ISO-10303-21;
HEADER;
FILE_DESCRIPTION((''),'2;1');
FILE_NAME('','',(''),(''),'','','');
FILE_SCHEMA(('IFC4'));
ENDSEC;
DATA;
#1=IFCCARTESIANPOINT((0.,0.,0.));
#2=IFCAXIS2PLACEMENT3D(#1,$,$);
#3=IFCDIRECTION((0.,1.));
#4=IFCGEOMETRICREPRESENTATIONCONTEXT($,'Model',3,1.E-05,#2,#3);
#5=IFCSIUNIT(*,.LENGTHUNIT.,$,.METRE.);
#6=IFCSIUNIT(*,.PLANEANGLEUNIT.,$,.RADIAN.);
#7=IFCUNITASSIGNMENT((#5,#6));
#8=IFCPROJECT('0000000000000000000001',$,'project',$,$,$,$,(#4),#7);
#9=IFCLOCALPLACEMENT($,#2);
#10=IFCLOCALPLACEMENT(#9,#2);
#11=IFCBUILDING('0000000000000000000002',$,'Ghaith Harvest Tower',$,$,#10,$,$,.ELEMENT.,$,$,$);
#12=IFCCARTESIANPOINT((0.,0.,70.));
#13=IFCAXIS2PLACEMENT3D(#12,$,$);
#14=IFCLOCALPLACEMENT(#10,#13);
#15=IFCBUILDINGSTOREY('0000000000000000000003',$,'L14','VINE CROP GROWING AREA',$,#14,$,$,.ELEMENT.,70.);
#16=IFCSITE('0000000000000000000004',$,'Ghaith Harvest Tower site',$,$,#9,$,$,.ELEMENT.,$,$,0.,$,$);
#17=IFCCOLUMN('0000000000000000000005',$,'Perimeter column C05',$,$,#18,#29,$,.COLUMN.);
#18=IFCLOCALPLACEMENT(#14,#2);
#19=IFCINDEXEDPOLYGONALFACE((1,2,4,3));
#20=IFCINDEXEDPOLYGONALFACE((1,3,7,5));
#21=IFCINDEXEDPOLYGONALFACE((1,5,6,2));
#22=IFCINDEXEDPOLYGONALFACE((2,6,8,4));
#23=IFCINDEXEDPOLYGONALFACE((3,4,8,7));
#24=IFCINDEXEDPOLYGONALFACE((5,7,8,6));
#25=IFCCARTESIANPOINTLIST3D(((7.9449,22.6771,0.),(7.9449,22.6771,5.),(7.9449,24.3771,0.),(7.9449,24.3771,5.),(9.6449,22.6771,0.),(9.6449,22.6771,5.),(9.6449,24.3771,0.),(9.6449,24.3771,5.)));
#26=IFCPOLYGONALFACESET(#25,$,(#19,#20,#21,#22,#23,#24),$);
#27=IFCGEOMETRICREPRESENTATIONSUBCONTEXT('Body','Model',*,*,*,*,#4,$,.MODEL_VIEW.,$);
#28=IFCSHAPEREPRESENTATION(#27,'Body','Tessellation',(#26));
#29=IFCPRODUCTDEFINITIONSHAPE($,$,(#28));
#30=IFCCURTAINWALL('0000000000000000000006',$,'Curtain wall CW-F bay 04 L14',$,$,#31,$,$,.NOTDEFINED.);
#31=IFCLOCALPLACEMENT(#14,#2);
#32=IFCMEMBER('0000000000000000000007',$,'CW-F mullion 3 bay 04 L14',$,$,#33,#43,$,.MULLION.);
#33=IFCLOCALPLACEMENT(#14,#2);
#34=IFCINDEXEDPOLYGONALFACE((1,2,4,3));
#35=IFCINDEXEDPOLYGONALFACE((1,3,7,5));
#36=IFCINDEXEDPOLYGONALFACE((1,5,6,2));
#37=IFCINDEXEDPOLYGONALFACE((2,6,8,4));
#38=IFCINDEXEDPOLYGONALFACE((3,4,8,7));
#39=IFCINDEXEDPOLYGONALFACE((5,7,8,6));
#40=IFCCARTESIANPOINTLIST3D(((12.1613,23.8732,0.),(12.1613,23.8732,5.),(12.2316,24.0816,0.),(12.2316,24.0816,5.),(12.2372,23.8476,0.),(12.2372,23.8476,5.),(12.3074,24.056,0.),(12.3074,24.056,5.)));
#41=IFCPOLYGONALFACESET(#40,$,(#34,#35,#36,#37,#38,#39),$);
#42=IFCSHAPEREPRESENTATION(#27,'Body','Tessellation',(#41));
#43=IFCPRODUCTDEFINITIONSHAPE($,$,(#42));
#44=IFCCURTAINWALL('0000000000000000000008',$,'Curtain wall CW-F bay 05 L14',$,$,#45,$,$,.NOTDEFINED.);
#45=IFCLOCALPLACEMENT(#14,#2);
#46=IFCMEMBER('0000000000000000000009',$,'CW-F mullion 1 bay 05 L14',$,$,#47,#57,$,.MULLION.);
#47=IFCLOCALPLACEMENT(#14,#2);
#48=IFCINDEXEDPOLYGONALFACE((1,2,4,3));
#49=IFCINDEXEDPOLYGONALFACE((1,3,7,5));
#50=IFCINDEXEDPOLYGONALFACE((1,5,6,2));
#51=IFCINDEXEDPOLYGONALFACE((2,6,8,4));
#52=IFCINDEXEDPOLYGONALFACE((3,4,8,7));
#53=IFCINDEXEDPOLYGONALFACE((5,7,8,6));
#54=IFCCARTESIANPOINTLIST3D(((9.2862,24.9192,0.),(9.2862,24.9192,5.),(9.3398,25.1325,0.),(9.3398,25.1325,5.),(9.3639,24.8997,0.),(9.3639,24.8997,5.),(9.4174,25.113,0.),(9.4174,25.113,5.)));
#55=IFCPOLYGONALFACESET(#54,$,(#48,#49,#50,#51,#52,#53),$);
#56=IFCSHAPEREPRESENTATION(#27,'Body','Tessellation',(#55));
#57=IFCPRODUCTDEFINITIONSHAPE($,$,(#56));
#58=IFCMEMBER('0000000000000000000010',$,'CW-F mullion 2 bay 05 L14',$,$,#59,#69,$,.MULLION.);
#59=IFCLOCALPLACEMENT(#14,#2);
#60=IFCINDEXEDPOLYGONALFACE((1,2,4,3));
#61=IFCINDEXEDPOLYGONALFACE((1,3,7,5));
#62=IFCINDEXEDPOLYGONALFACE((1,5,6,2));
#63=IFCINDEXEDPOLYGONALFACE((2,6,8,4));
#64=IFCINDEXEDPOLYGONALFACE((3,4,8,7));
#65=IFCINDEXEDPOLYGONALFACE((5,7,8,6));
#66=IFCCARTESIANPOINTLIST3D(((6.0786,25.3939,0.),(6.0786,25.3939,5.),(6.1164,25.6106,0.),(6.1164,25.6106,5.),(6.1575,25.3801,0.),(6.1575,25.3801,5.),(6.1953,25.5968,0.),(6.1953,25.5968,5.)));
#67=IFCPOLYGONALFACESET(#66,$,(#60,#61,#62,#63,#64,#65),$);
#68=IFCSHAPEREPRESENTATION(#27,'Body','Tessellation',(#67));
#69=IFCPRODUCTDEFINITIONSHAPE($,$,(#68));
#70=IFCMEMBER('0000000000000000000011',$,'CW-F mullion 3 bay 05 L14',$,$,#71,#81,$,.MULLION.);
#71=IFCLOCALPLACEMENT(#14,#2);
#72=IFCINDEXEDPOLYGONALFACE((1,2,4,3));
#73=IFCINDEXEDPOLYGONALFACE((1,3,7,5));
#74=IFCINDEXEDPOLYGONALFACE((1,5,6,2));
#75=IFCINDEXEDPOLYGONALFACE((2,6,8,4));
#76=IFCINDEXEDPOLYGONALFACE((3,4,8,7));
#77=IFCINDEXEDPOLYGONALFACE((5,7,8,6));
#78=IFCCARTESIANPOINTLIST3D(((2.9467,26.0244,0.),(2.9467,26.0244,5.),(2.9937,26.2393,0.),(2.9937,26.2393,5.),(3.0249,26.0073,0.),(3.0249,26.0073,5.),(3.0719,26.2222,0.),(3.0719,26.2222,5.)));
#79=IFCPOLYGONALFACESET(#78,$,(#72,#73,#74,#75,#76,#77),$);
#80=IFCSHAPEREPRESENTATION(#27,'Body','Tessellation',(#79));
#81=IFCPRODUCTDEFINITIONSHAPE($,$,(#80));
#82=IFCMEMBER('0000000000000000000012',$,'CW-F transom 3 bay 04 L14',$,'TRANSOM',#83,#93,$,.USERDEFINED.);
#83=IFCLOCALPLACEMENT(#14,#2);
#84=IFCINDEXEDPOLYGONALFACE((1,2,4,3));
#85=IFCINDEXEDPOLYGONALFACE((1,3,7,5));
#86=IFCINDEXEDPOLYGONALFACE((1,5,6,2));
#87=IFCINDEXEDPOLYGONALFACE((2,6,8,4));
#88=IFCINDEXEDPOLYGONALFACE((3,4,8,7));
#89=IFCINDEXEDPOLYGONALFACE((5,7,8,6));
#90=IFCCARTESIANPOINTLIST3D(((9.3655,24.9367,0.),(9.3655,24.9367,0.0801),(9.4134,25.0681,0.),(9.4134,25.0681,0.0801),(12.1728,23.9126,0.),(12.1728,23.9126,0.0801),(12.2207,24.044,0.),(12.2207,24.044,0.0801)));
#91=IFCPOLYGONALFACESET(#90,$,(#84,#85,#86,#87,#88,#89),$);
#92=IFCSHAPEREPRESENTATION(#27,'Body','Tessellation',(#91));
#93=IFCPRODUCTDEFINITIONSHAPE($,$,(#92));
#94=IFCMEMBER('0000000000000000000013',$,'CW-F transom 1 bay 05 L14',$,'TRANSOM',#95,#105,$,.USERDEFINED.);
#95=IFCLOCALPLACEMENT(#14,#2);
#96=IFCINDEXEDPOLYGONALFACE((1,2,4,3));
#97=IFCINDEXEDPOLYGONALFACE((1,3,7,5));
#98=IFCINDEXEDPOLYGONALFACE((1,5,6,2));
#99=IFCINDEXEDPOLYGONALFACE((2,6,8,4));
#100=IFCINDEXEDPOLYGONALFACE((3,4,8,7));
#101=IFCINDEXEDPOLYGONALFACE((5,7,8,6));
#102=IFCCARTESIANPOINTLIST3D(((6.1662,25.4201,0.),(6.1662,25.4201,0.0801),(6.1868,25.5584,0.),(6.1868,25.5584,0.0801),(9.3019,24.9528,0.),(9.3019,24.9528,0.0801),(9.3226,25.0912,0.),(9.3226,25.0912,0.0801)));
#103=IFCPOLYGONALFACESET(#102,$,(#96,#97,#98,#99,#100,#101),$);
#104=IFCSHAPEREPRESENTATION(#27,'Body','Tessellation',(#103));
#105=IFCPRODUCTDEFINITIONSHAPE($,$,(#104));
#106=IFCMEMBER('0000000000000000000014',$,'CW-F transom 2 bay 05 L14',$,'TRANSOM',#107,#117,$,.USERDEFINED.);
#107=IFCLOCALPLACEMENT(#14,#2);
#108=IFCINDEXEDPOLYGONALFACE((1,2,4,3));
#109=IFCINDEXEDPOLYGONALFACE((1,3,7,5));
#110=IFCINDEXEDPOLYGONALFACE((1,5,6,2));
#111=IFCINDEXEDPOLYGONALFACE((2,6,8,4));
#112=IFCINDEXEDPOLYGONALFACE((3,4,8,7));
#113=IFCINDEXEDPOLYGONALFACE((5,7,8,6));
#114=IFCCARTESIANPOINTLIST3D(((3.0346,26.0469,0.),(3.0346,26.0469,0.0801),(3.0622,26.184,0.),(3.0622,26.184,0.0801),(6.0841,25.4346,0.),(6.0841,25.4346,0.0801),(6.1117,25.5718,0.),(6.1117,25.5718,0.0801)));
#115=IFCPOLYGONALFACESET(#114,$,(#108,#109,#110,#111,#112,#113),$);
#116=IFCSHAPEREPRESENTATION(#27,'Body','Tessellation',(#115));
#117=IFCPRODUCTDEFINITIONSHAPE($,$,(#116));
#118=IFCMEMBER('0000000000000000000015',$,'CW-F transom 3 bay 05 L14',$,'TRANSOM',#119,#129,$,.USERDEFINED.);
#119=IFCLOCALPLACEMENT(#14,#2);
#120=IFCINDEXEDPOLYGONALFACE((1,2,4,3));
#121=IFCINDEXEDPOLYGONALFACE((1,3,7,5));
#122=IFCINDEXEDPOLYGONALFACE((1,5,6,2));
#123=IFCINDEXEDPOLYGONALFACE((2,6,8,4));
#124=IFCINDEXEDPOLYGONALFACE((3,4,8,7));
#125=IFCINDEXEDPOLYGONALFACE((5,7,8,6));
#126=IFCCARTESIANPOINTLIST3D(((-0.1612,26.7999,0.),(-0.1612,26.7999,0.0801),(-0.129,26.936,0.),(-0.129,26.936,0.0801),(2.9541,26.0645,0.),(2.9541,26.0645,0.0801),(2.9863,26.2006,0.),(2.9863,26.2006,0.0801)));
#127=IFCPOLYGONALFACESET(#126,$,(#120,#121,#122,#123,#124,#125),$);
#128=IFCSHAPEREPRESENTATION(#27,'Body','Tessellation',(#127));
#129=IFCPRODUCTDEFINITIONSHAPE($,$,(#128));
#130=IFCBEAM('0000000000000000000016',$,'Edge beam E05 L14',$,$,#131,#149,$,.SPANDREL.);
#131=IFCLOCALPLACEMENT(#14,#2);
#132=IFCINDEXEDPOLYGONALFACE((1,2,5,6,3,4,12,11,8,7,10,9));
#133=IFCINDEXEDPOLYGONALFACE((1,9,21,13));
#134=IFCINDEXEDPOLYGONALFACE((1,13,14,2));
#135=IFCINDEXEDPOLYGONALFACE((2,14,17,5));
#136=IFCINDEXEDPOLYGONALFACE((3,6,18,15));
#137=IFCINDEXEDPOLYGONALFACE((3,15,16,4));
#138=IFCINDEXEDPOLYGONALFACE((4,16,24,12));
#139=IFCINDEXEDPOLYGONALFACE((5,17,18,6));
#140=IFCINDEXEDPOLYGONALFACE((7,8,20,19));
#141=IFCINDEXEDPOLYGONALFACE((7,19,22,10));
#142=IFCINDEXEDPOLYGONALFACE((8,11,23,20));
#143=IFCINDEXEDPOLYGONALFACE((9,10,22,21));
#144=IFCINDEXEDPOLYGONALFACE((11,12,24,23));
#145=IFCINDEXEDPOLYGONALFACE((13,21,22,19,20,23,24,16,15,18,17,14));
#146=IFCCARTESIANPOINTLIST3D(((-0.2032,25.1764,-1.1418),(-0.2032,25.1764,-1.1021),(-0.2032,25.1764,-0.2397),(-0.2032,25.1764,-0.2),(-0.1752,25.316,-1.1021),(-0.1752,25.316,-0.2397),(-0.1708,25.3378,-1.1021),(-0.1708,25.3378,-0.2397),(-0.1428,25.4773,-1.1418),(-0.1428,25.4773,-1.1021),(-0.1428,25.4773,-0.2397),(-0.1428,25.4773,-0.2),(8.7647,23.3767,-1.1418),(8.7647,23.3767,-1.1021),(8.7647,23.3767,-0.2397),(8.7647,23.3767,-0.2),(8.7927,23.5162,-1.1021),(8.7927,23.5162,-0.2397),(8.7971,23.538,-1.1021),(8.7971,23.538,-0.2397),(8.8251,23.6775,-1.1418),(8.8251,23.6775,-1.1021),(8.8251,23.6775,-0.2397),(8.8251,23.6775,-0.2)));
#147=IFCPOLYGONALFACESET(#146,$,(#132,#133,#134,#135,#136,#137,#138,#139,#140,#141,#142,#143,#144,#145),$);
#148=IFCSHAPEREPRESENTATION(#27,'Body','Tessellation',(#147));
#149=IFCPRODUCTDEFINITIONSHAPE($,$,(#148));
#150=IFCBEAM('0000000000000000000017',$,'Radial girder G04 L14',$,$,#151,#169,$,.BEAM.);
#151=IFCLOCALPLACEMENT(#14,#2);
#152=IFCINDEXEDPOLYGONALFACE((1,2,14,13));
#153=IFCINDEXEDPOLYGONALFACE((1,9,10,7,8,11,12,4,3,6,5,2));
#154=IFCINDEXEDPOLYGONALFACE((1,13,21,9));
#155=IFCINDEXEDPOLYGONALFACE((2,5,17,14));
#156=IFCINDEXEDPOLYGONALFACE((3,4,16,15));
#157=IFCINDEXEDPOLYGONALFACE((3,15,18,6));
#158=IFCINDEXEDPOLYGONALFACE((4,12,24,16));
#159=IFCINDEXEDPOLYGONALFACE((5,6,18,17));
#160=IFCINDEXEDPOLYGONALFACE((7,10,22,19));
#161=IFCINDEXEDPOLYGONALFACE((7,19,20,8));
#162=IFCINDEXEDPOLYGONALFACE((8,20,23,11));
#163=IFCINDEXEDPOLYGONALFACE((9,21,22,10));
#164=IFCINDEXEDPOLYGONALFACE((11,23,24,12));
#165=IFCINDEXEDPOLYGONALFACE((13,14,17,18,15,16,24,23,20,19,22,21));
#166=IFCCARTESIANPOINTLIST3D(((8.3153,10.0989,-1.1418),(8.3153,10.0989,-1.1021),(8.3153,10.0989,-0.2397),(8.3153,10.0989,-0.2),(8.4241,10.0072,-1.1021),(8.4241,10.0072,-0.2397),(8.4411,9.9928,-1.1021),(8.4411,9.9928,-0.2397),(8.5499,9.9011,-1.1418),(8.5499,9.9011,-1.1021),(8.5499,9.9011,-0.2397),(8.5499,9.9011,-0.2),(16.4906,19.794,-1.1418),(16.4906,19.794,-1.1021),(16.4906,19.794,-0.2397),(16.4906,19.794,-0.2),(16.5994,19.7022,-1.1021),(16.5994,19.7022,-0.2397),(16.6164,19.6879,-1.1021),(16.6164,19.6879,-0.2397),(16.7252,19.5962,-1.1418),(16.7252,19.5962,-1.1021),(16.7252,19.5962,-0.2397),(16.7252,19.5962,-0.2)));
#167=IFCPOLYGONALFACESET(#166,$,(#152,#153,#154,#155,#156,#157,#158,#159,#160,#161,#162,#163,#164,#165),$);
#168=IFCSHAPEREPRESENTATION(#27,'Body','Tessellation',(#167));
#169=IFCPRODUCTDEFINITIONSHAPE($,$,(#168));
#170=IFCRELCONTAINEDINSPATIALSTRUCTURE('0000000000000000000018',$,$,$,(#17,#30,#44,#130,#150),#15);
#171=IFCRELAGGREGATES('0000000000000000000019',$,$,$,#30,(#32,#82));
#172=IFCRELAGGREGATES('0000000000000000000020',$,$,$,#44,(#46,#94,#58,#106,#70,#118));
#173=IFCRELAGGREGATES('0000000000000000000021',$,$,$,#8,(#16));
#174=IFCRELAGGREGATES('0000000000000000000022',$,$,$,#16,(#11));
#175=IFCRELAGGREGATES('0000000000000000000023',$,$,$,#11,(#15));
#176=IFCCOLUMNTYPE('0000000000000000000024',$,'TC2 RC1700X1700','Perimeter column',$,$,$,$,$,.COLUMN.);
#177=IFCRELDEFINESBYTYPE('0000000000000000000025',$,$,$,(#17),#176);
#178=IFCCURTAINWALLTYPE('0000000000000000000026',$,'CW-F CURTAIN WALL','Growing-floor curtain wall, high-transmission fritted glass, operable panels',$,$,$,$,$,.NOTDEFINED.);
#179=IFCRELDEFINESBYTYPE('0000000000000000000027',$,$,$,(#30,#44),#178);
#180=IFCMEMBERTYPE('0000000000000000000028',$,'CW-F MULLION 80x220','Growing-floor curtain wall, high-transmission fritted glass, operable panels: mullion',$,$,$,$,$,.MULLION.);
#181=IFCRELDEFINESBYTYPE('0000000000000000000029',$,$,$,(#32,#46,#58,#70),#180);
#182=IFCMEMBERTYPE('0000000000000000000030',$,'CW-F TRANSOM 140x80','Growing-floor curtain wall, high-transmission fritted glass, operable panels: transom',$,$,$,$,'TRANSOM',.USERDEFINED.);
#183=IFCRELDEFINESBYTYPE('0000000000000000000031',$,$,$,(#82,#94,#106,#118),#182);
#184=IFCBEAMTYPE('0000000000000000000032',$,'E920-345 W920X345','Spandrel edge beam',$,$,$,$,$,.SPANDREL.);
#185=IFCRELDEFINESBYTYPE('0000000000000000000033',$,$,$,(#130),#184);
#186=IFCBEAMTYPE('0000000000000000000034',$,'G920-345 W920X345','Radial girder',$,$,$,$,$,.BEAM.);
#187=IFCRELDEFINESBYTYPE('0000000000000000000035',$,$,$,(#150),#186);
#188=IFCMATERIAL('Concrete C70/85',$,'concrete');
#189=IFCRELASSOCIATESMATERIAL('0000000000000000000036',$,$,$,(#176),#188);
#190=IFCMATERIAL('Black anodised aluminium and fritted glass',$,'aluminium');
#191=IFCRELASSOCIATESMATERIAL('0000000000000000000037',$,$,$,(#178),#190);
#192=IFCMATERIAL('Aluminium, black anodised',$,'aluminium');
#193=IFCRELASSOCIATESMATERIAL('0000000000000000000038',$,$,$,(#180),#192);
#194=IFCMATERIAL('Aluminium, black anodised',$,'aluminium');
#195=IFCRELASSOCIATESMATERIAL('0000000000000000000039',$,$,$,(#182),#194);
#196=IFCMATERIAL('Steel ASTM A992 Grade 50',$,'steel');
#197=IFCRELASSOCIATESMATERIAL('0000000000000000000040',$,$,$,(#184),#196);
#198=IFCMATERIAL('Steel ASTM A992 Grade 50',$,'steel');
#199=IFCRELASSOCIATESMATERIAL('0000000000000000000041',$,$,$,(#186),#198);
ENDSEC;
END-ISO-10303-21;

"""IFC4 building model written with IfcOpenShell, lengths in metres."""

from ifc_helpers import new_model, si_unit, direction, frame, origin, origin_2d, place, context, subcontext, project, spatial, rectangle, i_section, extrude, material, material_profile, profile_set, type_object, element, aggregate, save


model = new_model("IFC4")

# Units and contexts
model_context = context("Model", 3, precision=1e-05, world=origin(), true_north=direction((0.0, 1.0)))
body_context = subcontext(model_context, "Body", "Model", "MODEL_VIEW")
ifc_project = project(units=[si_unit("LENGTHUNIT", "METRE"), si_unit("PLANEANGLEUNIT", "RADIAN")], contexts=[model_context])

# Site, building, storey
site_placement = place(None, origin())
site = spatial("IfcSite", under=ifc_project, at=site_placement, Name="Ghaith Harvest Tower site", CompositionType="ELEMENT", RefElevation=0.0)
building_placement = place(site_placement, origin())
building = spatial("IfcBuilding", under=site, at=building_placement, Name="Ghaith Harvest Tower", CompositionType="ELEMENT")
storey_placement = place(building_placement, frame((0.0, 0.0, 70.0)))
storey = spatial("IfcBuildingStorey", under=building, at=storey_placement, Name="L14", Description="VINE CROP GROWING AREA", CompositionType="ELEMENT", Elevation=70.0)

# Column
ifc_material_1 = material(Name="Concrete C70/85", Category="concrete")
ifc_material_profile_1 = material_profile(ifc_material_1, rectangle(XDim=1.7, YDim=1.7, at=origin_2d()), Name="RC1700X1700")
ifc_profile_set_1 = profile_set([ifc_material_profile_1], Name="Concrete C70/85")
column_type = type_object("IfcColumnType", Name="TC2 RC1700X1700", Description="Perimeter column", PredefinedType="COLUMN", material=ifc_profile_set_1)
column_placement = place(storey_placement, frame((8.7949, 23.5271, 0.0), z_axis=(0.0, 0.0, 1.0), x_axis=(1.0, 0.0, 0.0)))
element("IfcColumn", 1, at=column_placement, inside=storey, type_object=column_type, Name="Perimeter column C05", PredefinedType="COLUMN", context=body_context, shape_type="SweptSolid", body=[
    extrude(rectangle(XDim=1.7, YDim=1.7, at=origin_2d()), origin(), (0.0, 0.0, 1.0), 5.0),
])

# Curtain wall, member
ifc_material_2 = material(Name="Black anodised aluminium and fritted glass", Category="aluminium")
curtain_wall_type = type_object("IfcCurtainWallType", Name="CW-F CURTAIN WALL", Description="Growing-floor curtain wall, high-transmission fritted glass, operable panels", PredefinedType="NOTDEFINED", material=ifc_material_2)
curtain_wall_1_placement = place(storey_placement, origin())
curtain_wall_1 = element("IfcCurtainWall", 2, at=curtain_wall_1_placement, inside=storey, type_object=curtain_wall_type, Name="Curtain wall CW-F bay 04 L14", PredefinedType="NOTDEFINED")
ifc_material_3 = material(Name="Aluminium, black anodised", Category="aluminium")
ifc_material_profile_2 = material_profile(ifc_material_3, rectangle(XDim=0.0801, YDim=0.22, at=origin_2d()), Name="CW-F MULLION 80x220")
ifc_profile_set_2 = profile_set([ifc_material_profile_2], Name="Aluminium, black anodised")
member_type_1 = type_object("IfcMemberType", Name="CW-F MULLION 80x220", Description="Growing-floor curtain wall, high-transmission fritted glass, operable panels: mullion", PredefinedType="MULLION", material=ifc_profile_set_2)
member_1_placement = place(storey_placement, frame((12.2344, 23.9646, 0.0), z_axis=(0.0, 0.0, 1.0), x_axis=(-0.947653, 0.319301, 0.0)))
member_1 = element("IfcMember", 3, at=member_1_placement, type_object=member_type_1, Name="CW-F mullion 3 bay 04 L14", PredefinedType="MULLION", context=body_context, shape_type="SweptSolid", body=[
    extrude(rectangle(XDim=0.0801, YDim=0.22, at=origin_2d()), origin(), (0.0, 0.0, 1.0), 5.0),
])

# Curtain wall, members
curtain_wall_2_placement = place(storey_placement, origin())
curtain_wall_2 = element("IfcCurtainWall", 4, at=curtain_wall_2_placement, inside=storey, type_object=curtain_wall_type, Name="Curtain wall CW-F bay 05 L14", PredefinedType="NOTDEFINED")
member_2_placement = place(storey_placement, frame((9.3518, 25.0161, 0.0), z_axis=(0.0, 0.0, 1.0), x_axis=(-0.969903, 0.24349, 0.0)))
member_2 = element("IfcMember", 5, at=member_2_placement, type_object=member_type_1, Name="CW-F mullion 1 bay 05 L14", PredefinedType="MULLION", context=body_context, shape_type="SweptSolid", body=[
    extrude(rectangle(XDim=0.0801, YDim=0.22, at=origin_2d()), origin(), (0.0, 0.0, 1.0), 5.0),
])
member_3_placement = place(storey_placement, frame((6.137, 25.4954, 0.0), z_axis=(0.0, 0.0, 1.0), x_axis=(-0.985104, 0.171961, 0.0)))
member_3 = element("IfcMember", 6, at=member_3_placement, type_object=member_type_1, Name="CW-F mullion 2 bay 05 L14", PredefinedType="MULLION", context=body_context, shape_type="SweptSolid", body=[
    extrude(rectangle(XDim=0.0801, YDim=0.22, at=origin_2d()), origin(), (0.0, 0.0, 1.0), 5.0),
])
member_4_placement = place(storey_placement, frame((3.0093, 26.1233, 0.0), z_axis=(0.0, 0.0, 1.0), x_axis=(-0.976927, 0.213572, 0.0)))
member_4 = element("IfcMember", 7, at=member_4_placement, type_object=member_type_1, Name="CW-F mullion 3 bay 05 L14", PredefinedType="MULLION", context=body_context, shape_type="SweptSolid", body=[
    extrude(rectangle(XDim=0.0801, YDim=0.22, at=origin_2d()), origin(), (0.0, 0.0, 1.0), 5.0),
])

# Members
ifc_material_4 = material(Name="Aluminium, black anodised", Category="aluminium")
ifc_material_profile_3 = material_profile(ifc_material_4, rectangle(XDim=0.1399, YDim=0.0801, at=origin_2d()), Name="CW-F TRANSOM 140x80")
ifc_profile_set_3 = profile_set([ifc_material_profile_3], Name="Aluminium, black anodised")
member_type_2 = type_object("IfcMemberType", Name="CW-F TRANSOM 140x80", Description="Growing-floor curtain wall, high-transmission fritted glass, operable panels: transom", ElementType="TRANSOM", PredefinedType="USERDEFINED", material=ifc_profile_set_3)
member_5_placement = place(storey_placement, frame((12.1968, 23.9783, 0.04), z_axis=(-0.939438, 0.34272, 0.0), x_axis=(-0.34272, -0.939438, 0.0)))
member_5 = element("IfcMember", 8, at=member_5_placement, type_object=member_type_2, Name="CW-F transom 3 bay 04 L14", ObjectType="TRANSOM", PredefinedType="USERDEFINED", context=body_context, shape_type="SweptSolid", body=[
    extrude(rectangle(XDim=0.1399, YDim=0.0801, at=origin_2d()), origin(), (0.0, 0.0, 1.0), 2.9883),
])
member_6_placement = place(storey_placement, frame((9.3123, 25.022, 0.04), z_axis=(-0.989078, 0.147391, 0.0), x_axis=(-0.147391, -0.989078, 0.0)))
member_6 = element("IfcMember", 9, at=member_6_placement, type_object=member_type_2, Name="CW-F transom 1 bay 05 L14", ObjectType="TRANSOM", PredefinedType="USERDEFINED", context=body_context, shape_type="SweptSolid", body=[
    extrude(rectangle(XDim=0.1399, YDim=0.0801, at=origin_2d()), origin(), (0.0, 0.0, 1.0), 3.1704),
])
member_7_placement = place(storey_placement, frame((6.0979, 25.5032, 0.04), z_axis=(-0.980432, 0.196856, 0.0), x_axis=(-0.196856, -0.980432, 0.0)))
member_7 = element("IfcMember", 10, at=member_7_placement, type_object=member_type_2, Name="CW-F transom 2 bay 05 L14", ObjectType="TRANSOM", PredefinedType="USERDEFINED", context=body_context, shape_type="SweptSolid", body=[
    extrude(rectangle(XDim=0.1399, YDim=0.0801, at=origin_2d()), origin(), (0.0, 0.0, 1.0), 3.1104),
])
member_8_placement = place(storey_placement, frame((2.9702, 26.1326, 0.04), z_axis=(-0.973253, 0.229736, 0.0), x_axis=(-0.229736, -0.973253, 0.0)))
member_8 = element("IfcMember", 11, at=member_8_placement, type_object=member_type_2, Name="CW-F transom 3 bay 05 L14", ObjectType="TRANSOM", PredefinedType="USERDEFINED", context=body_context, shape_type="SweptSolid", body=[
    extrude(rectangle(XDim=0.1399, YDim=0.0801, at=origin_2d()), origin(), (0.0, 0.0, 1.0), 3.2009),
])

# Beams
ifc_material_5 = material(Name="Steel ASTM A992 Grade 50", Category="steel")
ifc_material_profile_4 = material_profile(ifc_material_5, i_section(OverallWidth=0.3069, OverallDepth=0.9419, WebThickness=0.0222, FlangeThickness=0.0398, at=origin_2d()), Name="W920X345")
ifc_profile_set_4 = profile_set([ifc_material_profile_4], Name="Steel ASTM A992 Grade 50")
beam_type_1 = type_object("IfcBeamType", Name="E920-345 W920X345", Description="Spandrel edge beam", PredefinedType="SPANDREL", material=ifc_profile_set_4)
beam_1_placement = place(storey_placement, frame((8.7949, 23.5271, -0.6709), z_axis=(-0.98045, 0.196768, 0.0), x_axis=(-0.196768, -0.98045, 0.0)))
element("IfcBeam", 12, at=beam_1_placement, inside=storey, type_object=beam_type_1, Name="Edge beam E05 L14", PredefinedType="SPANDREL", context=body_context, shape_type="SweptSolid", body=[
    extrude(i_section(OverallWidth=0.3069, OverallDepth=0.9419, WebThickness=0.0222, FlangeThickness=0.0398, at=origin_2d()), origin(), (0.0, 0.0, 1.0), 9.1467),
])
ifc_material_6 = material(Name="Steel ASTM A992 Grade 50", Category="steel")
ifc_material_profile_5 = material_profile(ifc_material_6, i_section(OverallWidth=0.3069, OverallDepth=0.9419, WebThickness=0.0222, FlangeThickness=0.0398, at=origin_2d()), Name="W920X345")
ifc_profile_set_5 = profile_set([ifc_material_profile_5], Name="Steel ASTM A992 Grade 50")
beam_type_2 = type_object("IfcBeamType", Name="G920-345 W920X345", Description="Radial girder", PredefinedType="BEAM", material=ifc_profile_set_5)
beam_2_placement = place(storey_placement, frame((8.4326, 10.0, -0.6709), z_axis=(0.644644, 0.764483, 0.0), x_axis=(-0.764483, 0.644644, 0.0)))
element("IfcBeam", 13, at=beam_2_placement, inside=storey, type_object=beam_type_2, Name="Radial girder G04 L14", PredefinedType="BEAM", context=body_context, shape_type="SweptSolid", body=[
    extrude(i_section(OverallWidth=0.3069, OverallDepth=0.9419, WebThickness=0.0222, FlangeThickness=0.0398, at=origin_2d()), origin(), (0.0, 0.0, 1.0), 12.6819),
])

aggregate(curtain_wall_1, [member_1, member_5])
aggregate(curtain_wall_2, [member_2, member_6, member_3, member_7, member_4, member_8])

save(model, "model.ifc")
